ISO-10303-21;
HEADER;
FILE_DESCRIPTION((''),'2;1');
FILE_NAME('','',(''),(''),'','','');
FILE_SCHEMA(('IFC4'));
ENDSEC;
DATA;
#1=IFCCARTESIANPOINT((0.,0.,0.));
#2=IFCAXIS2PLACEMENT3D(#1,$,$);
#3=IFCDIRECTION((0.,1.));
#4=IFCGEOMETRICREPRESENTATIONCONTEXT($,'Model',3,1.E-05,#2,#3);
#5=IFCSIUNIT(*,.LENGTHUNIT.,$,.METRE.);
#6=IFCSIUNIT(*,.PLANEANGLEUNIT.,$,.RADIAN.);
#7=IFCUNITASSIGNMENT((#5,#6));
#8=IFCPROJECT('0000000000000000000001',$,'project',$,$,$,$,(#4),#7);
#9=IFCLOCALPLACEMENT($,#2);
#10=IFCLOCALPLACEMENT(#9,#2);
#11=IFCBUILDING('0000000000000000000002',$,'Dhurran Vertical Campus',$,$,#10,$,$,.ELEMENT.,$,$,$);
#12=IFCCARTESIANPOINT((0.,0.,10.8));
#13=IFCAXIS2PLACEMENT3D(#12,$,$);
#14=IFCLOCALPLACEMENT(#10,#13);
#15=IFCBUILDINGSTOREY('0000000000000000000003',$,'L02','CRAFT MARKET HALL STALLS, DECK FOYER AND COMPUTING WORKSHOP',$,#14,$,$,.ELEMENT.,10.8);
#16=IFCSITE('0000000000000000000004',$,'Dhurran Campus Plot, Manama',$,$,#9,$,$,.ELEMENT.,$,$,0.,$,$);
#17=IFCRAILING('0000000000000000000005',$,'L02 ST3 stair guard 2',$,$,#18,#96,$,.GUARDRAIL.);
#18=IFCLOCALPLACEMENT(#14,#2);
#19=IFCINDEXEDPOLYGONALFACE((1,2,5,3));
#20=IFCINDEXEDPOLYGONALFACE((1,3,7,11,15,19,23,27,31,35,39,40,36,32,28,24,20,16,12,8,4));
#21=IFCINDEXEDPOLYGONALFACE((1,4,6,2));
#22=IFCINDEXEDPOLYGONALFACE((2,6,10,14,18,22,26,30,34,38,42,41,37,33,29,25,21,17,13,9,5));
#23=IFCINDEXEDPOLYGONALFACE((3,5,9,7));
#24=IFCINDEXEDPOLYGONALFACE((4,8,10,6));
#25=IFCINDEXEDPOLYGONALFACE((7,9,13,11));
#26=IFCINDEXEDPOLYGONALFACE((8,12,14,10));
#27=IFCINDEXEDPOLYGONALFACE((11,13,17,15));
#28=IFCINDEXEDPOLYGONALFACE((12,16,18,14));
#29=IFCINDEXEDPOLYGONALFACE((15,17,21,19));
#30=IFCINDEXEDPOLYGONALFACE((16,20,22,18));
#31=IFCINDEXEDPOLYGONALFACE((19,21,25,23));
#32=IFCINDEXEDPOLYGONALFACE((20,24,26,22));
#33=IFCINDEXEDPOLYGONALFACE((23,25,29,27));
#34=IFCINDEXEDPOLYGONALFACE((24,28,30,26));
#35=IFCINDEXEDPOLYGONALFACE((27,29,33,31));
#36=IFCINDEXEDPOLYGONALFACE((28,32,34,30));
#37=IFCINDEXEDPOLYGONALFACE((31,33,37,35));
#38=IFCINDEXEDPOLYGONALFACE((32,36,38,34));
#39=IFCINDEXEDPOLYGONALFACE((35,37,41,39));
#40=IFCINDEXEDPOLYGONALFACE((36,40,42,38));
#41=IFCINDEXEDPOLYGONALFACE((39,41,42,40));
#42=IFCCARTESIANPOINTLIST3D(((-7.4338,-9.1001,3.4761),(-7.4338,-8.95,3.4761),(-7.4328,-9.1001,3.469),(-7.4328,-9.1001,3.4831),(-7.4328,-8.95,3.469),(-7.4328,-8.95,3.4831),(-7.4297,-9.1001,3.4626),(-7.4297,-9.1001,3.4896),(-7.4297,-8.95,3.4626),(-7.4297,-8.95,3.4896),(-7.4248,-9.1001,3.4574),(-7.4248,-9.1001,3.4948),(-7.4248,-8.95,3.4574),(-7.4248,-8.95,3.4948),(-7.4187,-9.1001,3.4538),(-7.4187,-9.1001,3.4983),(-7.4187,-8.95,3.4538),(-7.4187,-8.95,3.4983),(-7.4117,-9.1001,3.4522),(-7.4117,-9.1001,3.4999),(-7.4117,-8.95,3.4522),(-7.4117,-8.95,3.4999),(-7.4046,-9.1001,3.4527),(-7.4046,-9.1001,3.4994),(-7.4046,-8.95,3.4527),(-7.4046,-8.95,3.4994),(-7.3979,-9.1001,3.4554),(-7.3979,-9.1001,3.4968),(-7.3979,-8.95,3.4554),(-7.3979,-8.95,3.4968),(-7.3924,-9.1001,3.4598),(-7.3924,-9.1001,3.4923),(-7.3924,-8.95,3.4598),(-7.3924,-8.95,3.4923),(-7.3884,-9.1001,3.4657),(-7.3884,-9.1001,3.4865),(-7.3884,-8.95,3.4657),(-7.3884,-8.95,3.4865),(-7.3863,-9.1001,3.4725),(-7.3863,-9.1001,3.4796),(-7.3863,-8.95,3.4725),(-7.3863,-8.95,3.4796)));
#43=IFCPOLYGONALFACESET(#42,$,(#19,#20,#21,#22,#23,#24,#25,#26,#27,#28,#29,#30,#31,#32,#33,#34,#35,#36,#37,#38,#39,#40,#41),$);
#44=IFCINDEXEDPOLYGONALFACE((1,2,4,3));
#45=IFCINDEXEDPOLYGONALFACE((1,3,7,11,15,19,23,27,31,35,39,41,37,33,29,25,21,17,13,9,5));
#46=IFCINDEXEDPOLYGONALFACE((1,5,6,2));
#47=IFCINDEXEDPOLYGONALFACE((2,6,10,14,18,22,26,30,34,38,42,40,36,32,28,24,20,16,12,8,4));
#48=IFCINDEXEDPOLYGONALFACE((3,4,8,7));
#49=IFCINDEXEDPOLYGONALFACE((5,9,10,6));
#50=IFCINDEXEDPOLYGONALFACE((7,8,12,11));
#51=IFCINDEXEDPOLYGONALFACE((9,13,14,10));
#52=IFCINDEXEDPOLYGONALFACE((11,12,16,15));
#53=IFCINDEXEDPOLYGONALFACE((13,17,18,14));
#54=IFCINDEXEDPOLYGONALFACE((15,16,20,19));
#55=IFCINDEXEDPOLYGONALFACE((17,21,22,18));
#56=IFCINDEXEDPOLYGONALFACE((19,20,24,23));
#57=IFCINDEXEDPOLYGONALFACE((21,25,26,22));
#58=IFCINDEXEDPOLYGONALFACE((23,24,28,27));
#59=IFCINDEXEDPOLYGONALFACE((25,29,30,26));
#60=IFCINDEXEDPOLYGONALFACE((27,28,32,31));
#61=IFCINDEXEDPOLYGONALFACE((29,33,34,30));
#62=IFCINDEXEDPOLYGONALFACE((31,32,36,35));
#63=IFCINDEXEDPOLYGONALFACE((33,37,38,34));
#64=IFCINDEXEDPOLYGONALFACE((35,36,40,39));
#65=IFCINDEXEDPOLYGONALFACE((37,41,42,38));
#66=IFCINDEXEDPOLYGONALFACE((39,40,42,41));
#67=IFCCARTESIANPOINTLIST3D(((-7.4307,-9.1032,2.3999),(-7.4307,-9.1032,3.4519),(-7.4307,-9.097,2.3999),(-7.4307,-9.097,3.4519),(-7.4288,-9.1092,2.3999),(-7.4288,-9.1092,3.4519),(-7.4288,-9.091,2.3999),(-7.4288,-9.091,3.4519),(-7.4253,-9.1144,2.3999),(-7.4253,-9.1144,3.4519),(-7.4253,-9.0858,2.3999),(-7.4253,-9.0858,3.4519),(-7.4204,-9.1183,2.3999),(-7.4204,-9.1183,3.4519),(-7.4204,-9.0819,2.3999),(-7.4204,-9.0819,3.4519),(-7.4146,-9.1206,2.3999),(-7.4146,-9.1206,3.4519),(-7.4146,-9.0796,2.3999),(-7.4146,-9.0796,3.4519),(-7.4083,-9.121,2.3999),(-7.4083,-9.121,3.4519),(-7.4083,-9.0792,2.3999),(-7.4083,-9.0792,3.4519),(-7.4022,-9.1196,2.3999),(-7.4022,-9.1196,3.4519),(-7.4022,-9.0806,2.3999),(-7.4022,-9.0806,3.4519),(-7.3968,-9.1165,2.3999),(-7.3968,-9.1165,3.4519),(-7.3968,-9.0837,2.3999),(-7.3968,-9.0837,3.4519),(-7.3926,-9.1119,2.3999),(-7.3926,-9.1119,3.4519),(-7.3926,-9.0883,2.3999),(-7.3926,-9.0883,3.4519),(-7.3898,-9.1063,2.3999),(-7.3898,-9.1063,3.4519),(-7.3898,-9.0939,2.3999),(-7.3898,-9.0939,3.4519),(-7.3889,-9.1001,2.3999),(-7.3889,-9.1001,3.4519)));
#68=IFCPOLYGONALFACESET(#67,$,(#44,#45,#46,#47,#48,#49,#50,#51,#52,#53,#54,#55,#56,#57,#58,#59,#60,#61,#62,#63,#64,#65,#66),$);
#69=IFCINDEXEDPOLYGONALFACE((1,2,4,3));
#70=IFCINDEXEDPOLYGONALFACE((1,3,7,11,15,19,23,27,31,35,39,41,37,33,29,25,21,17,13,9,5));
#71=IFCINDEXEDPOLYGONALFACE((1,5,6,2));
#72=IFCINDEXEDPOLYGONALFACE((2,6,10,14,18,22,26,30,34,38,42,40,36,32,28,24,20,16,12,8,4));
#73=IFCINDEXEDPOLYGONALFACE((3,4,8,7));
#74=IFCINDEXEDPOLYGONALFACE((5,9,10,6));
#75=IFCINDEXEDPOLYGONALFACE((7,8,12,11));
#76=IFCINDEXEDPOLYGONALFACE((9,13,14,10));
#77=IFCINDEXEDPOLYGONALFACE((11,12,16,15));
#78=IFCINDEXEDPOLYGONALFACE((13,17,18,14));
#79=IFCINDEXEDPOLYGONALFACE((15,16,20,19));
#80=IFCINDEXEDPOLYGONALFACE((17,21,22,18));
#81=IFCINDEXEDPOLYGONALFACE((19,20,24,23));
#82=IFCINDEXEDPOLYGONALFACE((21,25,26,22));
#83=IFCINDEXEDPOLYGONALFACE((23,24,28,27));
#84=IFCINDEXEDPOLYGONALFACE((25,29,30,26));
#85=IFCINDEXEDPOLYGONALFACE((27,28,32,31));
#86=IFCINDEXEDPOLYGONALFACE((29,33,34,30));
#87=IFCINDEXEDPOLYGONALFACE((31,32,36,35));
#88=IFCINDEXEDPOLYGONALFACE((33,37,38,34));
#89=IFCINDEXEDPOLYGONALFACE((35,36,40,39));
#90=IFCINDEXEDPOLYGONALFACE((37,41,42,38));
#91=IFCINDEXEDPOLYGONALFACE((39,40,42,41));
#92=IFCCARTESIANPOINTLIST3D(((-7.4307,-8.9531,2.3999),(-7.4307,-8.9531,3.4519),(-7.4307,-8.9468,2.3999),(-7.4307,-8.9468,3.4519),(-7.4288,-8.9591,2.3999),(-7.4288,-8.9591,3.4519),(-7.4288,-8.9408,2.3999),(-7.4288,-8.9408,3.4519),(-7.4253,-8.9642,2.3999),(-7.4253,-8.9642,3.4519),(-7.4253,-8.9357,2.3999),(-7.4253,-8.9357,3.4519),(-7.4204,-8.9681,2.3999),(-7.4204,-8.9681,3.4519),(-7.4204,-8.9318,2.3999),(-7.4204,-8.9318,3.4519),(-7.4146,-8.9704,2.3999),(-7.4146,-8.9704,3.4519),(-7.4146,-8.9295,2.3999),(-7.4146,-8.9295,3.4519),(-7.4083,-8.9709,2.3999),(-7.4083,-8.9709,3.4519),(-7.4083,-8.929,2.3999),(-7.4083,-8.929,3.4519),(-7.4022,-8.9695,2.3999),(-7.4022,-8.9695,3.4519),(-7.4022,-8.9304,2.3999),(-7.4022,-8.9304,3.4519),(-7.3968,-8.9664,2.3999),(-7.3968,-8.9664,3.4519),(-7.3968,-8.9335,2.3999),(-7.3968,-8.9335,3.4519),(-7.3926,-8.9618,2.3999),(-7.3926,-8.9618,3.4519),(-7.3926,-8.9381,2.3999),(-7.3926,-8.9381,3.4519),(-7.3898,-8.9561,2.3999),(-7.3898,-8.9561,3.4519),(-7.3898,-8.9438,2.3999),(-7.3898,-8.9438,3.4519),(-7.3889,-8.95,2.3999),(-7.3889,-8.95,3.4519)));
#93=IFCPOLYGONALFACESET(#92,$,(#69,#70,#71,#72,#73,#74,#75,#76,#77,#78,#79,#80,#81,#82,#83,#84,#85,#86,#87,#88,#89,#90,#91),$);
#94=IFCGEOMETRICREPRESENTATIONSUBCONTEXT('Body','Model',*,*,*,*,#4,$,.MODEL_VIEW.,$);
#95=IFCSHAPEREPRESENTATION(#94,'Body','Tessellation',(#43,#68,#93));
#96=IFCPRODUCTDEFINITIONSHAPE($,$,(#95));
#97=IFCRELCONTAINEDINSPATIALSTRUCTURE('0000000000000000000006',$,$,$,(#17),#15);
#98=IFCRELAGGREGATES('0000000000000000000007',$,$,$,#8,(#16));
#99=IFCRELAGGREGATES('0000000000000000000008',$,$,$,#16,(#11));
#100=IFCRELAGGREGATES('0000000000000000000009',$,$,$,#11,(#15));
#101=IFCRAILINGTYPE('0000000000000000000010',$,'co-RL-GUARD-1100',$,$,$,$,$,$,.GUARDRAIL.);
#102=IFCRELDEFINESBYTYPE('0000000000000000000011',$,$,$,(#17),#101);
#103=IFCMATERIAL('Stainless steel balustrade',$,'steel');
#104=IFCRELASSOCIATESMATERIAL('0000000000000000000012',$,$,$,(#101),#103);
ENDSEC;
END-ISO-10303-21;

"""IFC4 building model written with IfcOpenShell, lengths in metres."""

from ifc_helpers import new_model, si_unit, direction, frame, origin, origin_2d, place, context, subcontext, project, spatial, circle, extrude, material, type_object, element, save


model = new_model("IFC4")

# Units and contexts
model_context = context("Model", 3, precision=1e-05, world=origin(), true_north=direction((0.0, 1.0)))
body_context = subcontext(model_context, "Body", "Model", "MODEL_VIEW")
ifc_project = project(units=[si_unit("LENGTHUNIT", "METRE"), si_unit("PLANEANGLEUNIT", "RADIAN")], contexts=[model_context])

# Site, building, storey
site_placement = place(None, origin())
site = spatial("IfcSite", under=ifc_project, at=site_placement, Name="Dhurran Campus Plot, Manama", CompositionType="ELEMENT", RefElevation=0.0)
building_placement = place(site_placement, origin())
building = spatial("IfcBuilding", under=site, at=building_placement, Name="Dhurran Vertical Campus", CompositionType="ELEMENT")
storey_placement = place(building_placement, frame((0.0, 0.0, 10.8)))
storey = spatial("IfcBuildingStorey", under=building, at=storey_placement, Name="L02", Description="CRAFT MARKET HALL STALLS, DECK FOYER AND COMPUTING WORKSHOP", CompositionType="ELEMENT", Elevation=10.8)

# Railing
ifc_material_1 = material(Name="Stainless steel balustrade", Category="steel")
railing_type_1 = type_object("IfcRailingType", Name="co-RL-GUARD-1100", PredefinedType="GUARDRAIL", material=ifc_material_1)
railing_1_placement = place(storey_placement, frame((-7.4099, -9.1001, 2.3999)))
element("IfcRailing", 1, at=railing_1_placement, inside=storey, type_object=railing_type_1, Name="L02 ST3 stair guard 2", PredefinedType="GUARDRAIL", context=body_context, shape_type="SweptSolid", body=[
    extrude(circle(Radius=0.0239, at=origin_2d()), frame((0.0, 0.0, 1.0762), z_axis=(0.0, 1.0, 0.0), x_axis=(-1.0, 0.0, 0.0)), (0.0, 0.0, 1.0), 0.1501),
    extrude(circle(Radius=0.021, at=origin_2d()), origin(), (0.0, 0.0, 1.0), 1.052),
    extrude(circle(Radius=0.021, at=origin_2d()), frame((0.0, 0.1501, 0.0)), (0.0, 0.0, 1.0), 1.052),
])

save(model, "model.ifc")
